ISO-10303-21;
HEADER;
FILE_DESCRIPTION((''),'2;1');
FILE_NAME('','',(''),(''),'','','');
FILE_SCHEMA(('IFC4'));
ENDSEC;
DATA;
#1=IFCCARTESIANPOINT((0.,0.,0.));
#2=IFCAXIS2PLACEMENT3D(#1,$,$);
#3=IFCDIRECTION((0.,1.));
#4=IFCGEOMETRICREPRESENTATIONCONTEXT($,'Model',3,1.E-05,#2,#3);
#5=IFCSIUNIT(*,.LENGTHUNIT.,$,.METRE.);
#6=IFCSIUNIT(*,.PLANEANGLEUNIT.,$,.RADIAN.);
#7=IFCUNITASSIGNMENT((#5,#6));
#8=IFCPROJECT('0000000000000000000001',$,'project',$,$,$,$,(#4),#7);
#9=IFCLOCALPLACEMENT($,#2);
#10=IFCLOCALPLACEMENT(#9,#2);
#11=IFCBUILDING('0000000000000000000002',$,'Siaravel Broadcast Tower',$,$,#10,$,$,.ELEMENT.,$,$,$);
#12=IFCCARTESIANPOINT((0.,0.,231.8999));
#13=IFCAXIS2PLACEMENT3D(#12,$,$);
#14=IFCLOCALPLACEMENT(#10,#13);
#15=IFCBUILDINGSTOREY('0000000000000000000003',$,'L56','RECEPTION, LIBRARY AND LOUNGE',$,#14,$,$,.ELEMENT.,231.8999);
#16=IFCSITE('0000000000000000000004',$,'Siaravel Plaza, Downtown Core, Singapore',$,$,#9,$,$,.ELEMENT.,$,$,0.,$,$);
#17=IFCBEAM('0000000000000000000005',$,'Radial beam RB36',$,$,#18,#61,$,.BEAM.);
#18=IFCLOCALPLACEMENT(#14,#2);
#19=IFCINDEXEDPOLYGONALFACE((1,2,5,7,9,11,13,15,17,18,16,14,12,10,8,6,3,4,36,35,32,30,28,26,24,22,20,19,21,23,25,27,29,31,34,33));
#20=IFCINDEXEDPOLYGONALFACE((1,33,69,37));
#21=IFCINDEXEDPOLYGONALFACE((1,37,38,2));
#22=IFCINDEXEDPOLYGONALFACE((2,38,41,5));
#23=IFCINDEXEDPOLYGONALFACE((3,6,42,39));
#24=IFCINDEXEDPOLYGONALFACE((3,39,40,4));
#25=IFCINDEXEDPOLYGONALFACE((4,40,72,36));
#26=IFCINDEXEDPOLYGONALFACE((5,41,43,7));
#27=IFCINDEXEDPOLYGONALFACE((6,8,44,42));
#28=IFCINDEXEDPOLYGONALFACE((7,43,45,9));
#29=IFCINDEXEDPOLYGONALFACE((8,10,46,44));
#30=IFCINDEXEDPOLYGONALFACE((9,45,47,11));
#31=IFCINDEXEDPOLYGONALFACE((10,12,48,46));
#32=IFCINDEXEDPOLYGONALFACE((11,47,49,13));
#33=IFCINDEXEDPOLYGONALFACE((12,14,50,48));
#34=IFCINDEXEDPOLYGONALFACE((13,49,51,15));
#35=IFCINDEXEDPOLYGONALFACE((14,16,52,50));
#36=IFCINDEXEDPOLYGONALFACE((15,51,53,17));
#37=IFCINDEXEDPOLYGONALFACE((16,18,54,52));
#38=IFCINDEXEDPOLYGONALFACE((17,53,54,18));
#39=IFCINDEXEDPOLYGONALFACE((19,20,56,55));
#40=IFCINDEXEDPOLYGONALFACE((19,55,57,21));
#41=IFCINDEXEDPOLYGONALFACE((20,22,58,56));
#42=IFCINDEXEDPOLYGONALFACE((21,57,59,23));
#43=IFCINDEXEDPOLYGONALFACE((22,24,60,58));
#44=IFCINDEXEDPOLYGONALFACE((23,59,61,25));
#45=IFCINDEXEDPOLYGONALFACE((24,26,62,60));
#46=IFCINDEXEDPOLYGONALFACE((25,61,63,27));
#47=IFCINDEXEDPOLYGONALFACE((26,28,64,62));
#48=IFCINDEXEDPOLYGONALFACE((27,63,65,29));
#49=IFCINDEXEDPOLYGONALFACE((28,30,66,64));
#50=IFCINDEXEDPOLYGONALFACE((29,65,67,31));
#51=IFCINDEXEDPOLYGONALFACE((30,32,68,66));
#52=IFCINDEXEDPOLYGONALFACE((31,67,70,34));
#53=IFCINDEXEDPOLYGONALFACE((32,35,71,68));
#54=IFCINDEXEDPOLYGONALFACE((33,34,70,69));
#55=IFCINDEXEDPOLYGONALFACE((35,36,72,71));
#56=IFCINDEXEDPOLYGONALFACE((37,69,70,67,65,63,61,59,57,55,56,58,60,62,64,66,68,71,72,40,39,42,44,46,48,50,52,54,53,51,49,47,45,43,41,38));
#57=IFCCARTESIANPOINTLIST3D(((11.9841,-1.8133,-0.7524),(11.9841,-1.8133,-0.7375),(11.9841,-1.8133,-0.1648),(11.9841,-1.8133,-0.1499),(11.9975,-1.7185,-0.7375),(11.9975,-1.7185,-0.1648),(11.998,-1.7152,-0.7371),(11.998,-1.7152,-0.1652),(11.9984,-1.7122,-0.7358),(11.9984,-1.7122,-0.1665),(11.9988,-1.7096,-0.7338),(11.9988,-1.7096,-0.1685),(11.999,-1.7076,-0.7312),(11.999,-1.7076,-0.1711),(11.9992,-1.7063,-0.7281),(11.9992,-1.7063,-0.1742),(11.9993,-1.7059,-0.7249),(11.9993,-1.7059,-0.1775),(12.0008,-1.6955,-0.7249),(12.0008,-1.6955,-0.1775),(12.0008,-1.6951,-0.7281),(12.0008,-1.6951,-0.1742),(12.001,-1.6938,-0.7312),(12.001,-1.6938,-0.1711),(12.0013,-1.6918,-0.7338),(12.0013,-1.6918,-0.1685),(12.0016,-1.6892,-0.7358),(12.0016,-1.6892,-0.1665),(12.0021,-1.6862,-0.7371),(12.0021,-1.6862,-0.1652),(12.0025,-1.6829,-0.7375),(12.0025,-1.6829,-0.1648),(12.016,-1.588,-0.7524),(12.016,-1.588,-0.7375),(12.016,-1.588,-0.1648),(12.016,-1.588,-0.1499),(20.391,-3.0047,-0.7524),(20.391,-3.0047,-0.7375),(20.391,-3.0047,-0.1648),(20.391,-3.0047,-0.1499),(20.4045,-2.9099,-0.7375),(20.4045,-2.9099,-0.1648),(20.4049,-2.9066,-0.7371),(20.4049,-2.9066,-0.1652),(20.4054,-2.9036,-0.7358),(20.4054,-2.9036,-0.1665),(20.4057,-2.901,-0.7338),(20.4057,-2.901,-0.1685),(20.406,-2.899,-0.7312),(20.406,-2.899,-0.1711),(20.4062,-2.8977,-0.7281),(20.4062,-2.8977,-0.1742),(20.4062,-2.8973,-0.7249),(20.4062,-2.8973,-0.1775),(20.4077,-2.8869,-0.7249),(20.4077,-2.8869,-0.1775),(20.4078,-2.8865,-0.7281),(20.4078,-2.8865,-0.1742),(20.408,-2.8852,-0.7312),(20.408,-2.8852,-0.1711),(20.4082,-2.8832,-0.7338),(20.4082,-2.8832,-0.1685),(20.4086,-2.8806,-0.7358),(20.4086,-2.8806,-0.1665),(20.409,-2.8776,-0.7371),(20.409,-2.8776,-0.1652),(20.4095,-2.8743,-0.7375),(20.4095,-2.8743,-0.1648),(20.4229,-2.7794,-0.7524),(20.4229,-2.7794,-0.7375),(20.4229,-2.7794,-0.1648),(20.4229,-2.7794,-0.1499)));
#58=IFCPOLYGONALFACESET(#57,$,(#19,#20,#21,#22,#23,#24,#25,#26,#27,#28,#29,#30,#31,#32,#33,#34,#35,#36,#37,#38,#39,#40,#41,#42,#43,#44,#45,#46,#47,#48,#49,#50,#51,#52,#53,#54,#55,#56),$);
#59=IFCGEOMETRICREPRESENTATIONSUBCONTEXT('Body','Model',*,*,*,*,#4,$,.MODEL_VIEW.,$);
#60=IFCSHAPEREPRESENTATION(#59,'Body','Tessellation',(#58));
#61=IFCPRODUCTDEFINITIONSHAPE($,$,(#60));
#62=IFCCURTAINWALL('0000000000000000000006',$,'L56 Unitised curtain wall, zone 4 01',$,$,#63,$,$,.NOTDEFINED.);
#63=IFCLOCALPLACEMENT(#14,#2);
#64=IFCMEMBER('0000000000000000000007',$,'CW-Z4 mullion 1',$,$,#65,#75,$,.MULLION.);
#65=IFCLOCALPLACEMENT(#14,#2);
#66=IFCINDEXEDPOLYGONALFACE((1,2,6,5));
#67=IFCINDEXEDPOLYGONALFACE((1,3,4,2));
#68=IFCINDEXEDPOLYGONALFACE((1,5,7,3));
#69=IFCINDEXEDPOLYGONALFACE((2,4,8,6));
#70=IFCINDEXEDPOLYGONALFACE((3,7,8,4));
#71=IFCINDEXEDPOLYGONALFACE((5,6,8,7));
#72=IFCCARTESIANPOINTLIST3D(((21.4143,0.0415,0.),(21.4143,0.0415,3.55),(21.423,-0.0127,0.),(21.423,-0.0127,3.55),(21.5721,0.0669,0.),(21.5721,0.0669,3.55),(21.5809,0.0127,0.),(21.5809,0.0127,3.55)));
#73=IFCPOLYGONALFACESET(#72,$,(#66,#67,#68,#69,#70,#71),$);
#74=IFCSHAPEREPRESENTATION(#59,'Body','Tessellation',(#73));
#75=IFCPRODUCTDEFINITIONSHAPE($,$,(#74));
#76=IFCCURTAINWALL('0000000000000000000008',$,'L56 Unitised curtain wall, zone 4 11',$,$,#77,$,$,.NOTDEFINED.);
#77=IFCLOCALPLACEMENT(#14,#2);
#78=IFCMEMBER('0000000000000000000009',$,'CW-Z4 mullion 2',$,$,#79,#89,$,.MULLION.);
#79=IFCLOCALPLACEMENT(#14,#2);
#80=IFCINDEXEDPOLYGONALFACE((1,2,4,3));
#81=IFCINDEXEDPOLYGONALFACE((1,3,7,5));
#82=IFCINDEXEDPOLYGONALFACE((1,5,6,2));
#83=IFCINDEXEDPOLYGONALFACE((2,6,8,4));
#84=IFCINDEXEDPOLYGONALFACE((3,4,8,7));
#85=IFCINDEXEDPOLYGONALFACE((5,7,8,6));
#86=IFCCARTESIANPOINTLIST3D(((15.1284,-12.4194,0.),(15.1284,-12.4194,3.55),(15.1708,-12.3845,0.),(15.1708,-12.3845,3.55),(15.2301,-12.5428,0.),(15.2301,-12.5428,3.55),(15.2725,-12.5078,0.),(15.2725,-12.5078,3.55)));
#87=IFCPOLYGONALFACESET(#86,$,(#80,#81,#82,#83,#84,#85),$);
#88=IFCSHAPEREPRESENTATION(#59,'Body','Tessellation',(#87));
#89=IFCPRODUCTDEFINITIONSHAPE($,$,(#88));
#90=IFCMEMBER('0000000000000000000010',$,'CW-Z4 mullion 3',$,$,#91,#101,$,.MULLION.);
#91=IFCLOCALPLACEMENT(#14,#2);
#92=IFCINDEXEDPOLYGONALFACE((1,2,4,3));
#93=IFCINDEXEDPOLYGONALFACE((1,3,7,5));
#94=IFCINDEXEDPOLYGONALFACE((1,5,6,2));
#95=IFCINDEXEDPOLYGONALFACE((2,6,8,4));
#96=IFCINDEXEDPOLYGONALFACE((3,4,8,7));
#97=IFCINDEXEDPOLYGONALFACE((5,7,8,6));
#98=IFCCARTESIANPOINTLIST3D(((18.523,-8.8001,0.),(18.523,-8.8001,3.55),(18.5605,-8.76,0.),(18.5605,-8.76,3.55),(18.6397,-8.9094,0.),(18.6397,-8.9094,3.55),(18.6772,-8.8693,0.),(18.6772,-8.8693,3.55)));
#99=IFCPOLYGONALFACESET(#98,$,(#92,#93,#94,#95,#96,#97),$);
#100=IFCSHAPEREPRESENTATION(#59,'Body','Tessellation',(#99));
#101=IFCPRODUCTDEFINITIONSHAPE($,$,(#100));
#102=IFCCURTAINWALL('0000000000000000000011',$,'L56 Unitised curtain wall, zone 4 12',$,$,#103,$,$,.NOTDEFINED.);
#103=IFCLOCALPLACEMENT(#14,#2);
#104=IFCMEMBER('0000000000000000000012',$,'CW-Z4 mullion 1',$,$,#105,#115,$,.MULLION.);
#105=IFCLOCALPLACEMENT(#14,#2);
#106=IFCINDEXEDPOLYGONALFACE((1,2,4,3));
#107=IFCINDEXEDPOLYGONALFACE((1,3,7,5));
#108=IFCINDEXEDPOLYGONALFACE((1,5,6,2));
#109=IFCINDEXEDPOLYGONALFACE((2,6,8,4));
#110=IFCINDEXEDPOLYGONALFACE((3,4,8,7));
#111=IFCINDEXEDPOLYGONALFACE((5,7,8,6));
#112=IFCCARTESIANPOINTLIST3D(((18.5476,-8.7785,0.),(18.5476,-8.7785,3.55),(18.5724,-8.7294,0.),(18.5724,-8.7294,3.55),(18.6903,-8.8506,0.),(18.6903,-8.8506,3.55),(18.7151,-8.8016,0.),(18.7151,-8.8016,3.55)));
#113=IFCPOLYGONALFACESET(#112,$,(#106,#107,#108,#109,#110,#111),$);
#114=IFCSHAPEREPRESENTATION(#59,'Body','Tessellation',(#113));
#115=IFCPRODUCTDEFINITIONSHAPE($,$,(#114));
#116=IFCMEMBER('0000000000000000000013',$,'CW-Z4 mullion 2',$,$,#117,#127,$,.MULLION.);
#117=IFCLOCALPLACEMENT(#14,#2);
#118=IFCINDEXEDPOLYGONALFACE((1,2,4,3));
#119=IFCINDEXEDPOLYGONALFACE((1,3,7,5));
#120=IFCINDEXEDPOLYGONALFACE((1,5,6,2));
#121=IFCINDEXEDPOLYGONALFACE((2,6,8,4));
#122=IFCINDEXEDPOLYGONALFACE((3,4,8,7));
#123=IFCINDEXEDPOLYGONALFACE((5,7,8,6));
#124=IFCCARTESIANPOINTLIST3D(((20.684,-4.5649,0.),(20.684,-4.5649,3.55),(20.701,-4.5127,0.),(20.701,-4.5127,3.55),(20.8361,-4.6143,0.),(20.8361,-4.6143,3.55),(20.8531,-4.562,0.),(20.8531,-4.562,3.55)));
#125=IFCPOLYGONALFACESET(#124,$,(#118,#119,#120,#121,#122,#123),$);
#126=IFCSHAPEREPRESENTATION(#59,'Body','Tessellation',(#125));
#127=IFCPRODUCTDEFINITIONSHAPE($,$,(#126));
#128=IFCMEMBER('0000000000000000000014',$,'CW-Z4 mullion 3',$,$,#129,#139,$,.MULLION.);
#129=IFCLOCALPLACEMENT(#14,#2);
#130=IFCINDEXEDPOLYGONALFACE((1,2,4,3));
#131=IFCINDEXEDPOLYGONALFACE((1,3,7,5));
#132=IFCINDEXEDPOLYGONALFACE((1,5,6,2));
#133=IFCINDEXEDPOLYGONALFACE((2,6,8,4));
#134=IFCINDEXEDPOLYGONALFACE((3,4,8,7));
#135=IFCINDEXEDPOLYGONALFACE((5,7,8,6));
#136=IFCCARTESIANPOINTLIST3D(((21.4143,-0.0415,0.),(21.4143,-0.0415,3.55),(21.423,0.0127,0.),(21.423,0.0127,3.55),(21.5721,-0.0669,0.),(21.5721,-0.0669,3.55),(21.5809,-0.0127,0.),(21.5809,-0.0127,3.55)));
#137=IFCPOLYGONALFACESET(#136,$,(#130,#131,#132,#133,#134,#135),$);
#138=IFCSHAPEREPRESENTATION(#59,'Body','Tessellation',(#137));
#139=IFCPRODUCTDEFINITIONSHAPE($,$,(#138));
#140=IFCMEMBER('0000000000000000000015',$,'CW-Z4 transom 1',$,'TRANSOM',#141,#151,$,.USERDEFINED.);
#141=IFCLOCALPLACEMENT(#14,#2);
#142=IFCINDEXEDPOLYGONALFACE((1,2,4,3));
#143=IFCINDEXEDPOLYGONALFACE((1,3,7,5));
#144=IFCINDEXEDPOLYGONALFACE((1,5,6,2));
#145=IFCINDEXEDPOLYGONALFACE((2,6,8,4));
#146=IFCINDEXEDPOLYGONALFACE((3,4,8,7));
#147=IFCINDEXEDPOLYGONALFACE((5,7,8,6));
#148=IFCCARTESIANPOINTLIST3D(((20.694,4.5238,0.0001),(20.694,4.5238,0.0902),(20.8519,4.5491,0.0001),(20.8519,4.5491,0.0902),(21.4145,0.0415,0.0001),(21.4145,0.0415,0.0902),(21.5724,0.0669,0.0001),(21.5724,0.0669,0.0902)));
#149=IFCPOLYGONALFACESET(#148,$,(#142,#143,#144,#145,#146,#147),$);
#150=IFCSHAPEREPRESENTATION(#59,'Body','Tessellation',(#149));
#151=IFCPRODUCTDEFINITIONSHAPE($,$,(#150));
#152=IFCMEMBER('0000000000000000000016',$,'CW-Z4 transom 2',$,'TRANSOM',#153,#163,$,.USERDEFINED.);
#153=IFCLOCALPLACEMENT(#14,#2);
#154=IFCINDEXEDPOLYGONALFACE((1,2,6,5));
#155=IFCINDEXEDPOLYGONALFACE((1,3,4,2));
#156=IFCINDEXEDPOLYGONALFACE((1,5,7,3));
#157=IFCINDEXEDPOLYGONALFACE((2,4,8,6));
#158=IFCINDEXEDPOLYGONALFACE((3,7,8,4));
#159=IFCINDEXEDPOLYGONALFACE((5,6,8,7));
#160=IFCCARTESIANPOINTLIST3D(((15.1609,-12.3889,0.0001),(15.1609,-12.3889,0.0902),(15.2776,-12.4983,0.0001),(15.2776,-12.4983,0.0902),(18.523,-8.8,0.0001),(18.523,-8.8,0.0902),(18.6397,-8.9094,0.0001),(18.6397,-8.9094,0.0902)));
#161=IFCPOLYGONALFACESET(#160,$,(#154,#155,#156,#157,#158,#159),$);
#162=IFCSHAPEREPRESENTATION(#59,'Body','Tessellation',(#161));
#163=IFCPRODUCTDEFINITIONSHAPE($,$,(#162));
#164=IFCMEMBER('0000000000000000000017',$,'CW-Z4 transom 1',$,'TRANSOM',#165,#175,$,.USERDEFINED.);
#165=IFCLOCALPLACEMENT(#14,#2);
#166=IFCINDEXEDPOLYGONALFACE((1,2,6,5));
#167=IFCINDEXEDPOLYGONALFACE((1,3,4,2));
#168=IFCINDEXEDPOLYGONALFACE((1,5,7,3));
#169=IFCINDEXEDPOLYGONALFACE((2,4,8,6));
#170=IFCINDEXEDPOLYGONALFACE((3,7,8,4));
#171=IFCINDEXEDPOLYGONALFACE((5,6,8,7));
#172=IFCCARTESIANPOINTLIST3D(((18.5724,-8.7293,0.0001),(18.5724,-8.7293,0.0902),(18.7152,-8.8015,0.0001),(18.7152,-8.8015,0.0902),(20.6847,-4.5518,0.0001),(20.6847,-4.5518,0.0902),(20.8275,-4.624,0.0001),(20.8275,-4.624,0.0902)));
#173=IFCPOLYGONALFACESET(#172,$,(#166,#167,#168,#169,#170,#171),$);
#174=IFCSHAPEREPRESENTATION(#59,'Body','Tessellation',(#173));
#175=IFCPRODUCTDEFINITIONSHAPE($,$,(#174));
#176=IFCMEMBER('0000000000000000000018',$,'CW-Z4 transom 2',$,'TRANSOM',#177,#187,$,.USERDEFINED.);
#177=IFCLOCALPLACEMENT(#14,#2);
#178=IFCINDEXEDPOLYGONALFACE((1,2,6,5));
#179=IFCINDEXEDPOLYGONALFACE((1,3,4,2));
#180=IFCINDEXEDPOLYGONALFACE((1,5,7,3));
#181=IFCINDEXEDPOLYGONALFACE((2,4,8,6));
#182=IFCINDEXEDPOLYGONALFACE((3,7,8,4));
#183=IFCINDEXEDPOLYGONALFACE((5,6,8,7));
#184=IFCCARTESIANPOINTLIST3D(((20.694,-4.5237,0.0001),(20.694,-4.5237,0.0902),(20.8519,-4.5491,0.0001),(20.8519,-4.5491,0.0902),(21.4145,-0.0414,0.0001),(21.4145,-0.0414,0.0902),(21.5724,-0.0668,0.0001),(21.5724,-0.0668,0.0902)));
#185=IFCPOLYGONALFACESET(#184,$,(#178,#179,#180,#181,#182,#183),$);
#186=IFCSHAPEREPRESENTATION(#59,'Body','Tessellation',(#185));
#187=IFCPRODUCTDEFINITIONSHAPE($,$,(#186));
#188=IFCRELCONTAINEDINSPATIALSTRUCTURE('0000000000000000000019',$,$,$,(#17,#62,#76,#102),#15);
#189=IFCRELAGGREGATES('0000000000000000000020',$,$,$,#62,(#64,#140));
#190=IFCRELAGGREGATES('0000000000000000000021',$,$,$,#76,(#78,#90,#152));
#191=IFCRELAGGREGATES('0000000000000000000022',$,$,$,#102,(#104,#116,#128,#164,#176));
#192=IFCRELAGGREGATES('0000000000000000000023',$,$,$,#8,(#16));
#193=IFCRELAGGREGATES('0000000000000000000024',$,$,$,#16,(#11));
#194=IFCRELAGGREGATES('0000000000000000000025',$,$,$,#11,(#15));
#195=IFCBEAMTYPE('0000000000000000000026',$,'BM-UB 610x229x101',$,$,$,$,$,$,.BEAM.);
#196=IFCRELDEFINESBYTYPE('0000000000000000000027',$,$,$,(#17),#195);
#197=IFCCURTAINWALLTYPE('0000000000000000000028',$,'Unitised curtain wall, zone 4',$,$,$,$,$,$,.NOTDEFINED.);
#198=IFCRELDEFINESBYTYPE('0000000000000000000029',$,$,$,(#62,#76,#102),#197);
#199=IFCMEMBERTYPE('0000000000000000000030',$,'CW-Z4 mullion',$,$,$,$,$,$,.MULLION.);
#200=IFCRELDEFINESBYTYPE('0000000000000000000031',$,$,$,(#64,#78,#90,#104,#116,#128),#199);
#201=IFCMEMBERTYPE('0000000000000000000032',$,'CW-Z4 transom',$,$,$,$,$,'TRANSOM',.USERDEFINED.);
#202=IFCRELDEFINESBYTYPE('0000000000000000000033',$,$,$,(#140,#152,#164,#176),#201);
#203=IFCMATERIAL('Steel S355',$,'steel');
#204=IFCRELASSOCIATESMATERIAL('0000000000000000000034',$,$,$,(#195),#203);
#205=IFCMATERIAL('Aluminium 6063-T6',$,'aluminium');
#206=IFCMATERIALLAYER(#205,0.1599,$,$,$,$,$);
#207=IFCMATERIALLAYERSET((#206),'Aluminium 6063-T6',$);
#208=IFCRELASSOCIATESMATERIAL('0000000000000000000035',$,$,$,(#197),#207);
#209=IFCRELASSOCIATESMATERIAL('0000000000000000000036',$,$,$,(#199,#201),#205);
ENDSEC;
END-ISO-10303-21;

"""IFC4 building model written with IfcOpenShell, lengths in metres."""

from ifc_helpers import new_model, si_unit, direction, frame, origin, origin_2d, place, context, subcontext, project, spatial, rectangle, i_section, extrude, material, layer, layer_set, material_profile, profile_set, type_object, element, aggregate, save


model = new_model("IFC4")

# Units and contexts
model_context = context("Model", 3, precision=1e-05, world=origin(), true_north=direction((0.0, 1.0)))
body_context = subcontext(model_context, "Body", "Model", "MODEL_VIEW")
ifc_project = project(units=[si_unit("LENGTHUNIT", "METRE"), si_unit("PLANEANGLEUNIT", "RADIAN")], contexts=[model_context])

# Site, building, storey
site_placement = place(None, origin())
site = spatial("IfcSite", under=ifc_project, at=site_placement, Name="Siaravel Plaza, Downtown Core, Singapore", CompositionType="ELEMENT", RefElevation=0.0)
building_placement = place(site_placement, origin())
building = spatial("IfcBuilding", under=site, at=building_placement, Name="Siaravel Broadcast Tower", CompositionType="ELEMENT")
storey_placement = place(building_placement, frame((0.0, 0.0, 231.8999)))
storey = spatial("IfcBuildingStorey", under=building, at=storey_placement, Name="L56", Description="RECEPTION, LIBRARY AND LOUNGE", CompositionType="ELEMENT", Elevation=231.8999)

# Beam
ifc_material_1 = material(Name="Steel S355", Category="steel")
ifc_material_profile_1 = material_profile(ifc_material_1, i_section(OverallWidth=0.2275, OverallDepth=0.6025, WebThickness=0.0105, FlangeThickness=0.0149, FilletRadius=0.0127, at=origin_2d()))
ifc_profile_set_1 = profile_set([ifc_material_profile_1], Name="Steel S355")
beam_type = type_object("IfcBeamType", Name="BM-UB 610x229x101", PredefinedType="BEAM", material=ifc_profile_set_1)
beam_1_placement = place(storey_placement, frame((20.407, -2.8921, -0.4512), z_axis=(-0.990107, 0.140314, 0.0), x_axis=(-0.140314, -0.990107, 0.0)))
element("IfcBeam", 1, at=beam_1_placement, inside=storey, type_object=beam_type, Name="Radial beam RB36", PredefinedType="BEAM", context=body_context, shape_type="SweptSolid", body=[
    extrude(i_section(OverallWidth=0.2275, OverallDepth=0.6025, WebThickness=0.0105, FlangeThickness=0.0149, FilletRadius=0.0127, at=origin_2d()), origin(), (0.0, 0.0, 1.0), 8.491),
])

# Curtain wall, member
ifc_material_2 = material(Name="Aluminium 6063-T6", Category="aluminium")
ifc_layer_1 = layer(ifc_material_2, 0.1599)
ifc_layer_set_1 = layer_set([ifc_layer_1], Name="Aluminium 6063-T6")
curtain_wall_type = type_object("IfcCurtainWallType", Name="Unitised curtain wall, zone 4", PredefinedType="NOTDEFINED", material=ifc_layer_set_1)
curtain_wall_1_placement = place(storey_placement, origin())
curtain_wall_1 = element("IfcCurtainWall", 2, at=curtain_wall_1_placement, inside=storey, type_object=curtain_wall_type, Name="L56 Unitised curtain wall, zone 4 01", PredefinedType="NOTDEFINED")
ifc_material_profile_2 = material_profile(ifc_material_2, rectangle(XDim=0.1599, YDim=0.0549, at=origin_2d()))
ifc_profile_set_2 = profile_set([ifc_material_profile_2], Name="Aluminium 6063-T6")
member_type_1 = type_object("IfcMemberType", Name="CW-Z4 mullion", PredefinedType="MULLION", material=ifc_profile_set_2)
member_1_placement = place(storey_placement, frame((21.4976, 0.0271, 0.0), z_axis=(0.0, 0.0, 1.0), x_axis=(-0.987329, -0.158685, 0.0)))
member_1 = element("IfcMember", 3, at=member_1_placement, type_object=member_type_1, Name="CW-Z4 mullion 1", PredefinedType="MULLION", context=body_context, shape_type="SweptSolid", body=[
    extrude(rectangle(XDim=0.1599, YDim=0.0549, at=origin_2d()), origin(), (0.0, 0.0, 1.0), 3.55),
])

# Curtain walls, members
curtain_wall_2_placement = place(storey_placement, origin())
curtain_wall_2 = element("IfcCurtainWall", 4, at=curtain_wall_2_placement, inside=storey, type_object=curtain_wall_type, Name="L56 Unitised curtain wall, zone 4 11", PredefinedType="NOTDEFINED")
member_2_placement = place(storey_placement, frame((15.2004, -12.4636, 0.0), z_axis=(0.0, 0.0, 1.0), x_axis=(-0.63622, 0.771508, 0.0)))
member_2 = element("IfcMember", 5, at=member_2_placement, type_object=member_type_1, Name="CW-Z4 mullion 2", PredefinedType="MULLION", context=body_context, shape_type="SweptSolid", body=[
    extrude(rectangle(XDim=0.1599, YDim=0.0549, at=origin_2d()), origin(), (0.0, 0.0, 1.0), 3.55),
])
member_3_placement = place(storey_placement, frame((18.6001, -8.8347, 0.0), z_axis=(0.0, 0.0, 1.0), x_axis=(-0.729806, 0.683654, 0.0)))
member_3 = element("IfcMember", 6, at=member_3_placement, type_object=member_type_1, Name="CW-Z4 mullion 3", PredefinedType="MULLION", context=body_context, shape_type="SweptSolid", body=[
    extrude(rectangle(XDim=0.1599, YDim=0.0549, at=origin_2d()), origin(), (0.0, 0.0, 1.0), 3.55),
])
curtain_wall_3_placement = place(storey_placement, origin())
curtain_wall_3 = element("IfcCurtainWall", 7, at=curtain_wall_3_placement, inside=storey, type_object=curtain_wall_type, Name="L56 Unitised curtain wall, zone 4 12", PredefinedType="NOTDEFINED")
member_4_placement = place(storey_placement, frame((18.6313, -8.79, 0.0), z_axis=(0.0, 0.0, 1.0), x_axis=(-0.892393, 0.451259, 0.0)))
member_4 = element("IfcMember", 8, at=member_4_placement, type_object=member_type_1, Name="CW-Z4 mullion 1", PredefinedType="MULLION", context=body_context, shape_type="SweptSolid", body=[
    extrude(rectangle(XDim=0.1599, YDim=0.0549, at=origin_2d()), origin(), (0.0, 0.0, 1.0), 3.55),
])
member_5_placement = place(storey_placement, frame((20.7686, -4.5635, 0.0), z_axis=(0.0, 0.0, 1.0), x_axis=(-0.951178, 0.308644, 0.0)))
member_5 = element("IfcMember", 9, at=member_5_placement, type_object=member_type_1, Name="CW-Z4 mullion 2", PredefinedType="MULLION", context=body_context, shape_type="SweptSolid", body=[
    extrude(rectangle(XDim=0.1599, YDim=0.0549, at=origin_2d()), origin(), (0.0, 0.0, 1.0), 3.55),
])
member_6_placement = place(storey_placement, frame((21.4976, -0.0271, 0.0), z_axis=(0.0, 0.0, 1.0), x_axis=(-0.987329, 0.158685, 0.0)))
member_6 = element("IfcMember", 10, at=member_6_placement, type_object=member_type_1, Name="CW-Z4 mullion 3", PredefinedType="MULLION", context=body_context, shape_type="SweptSolid", body=[
    extrude(rectangle(XDim=0.1599, YDim=0.0549, at=origin_2d()), origin(), (0.0, 0.0, 1.0), 3.55),
])

# Members
ifc_material_profile_3 = material_profile(ifc_material_2, rectangle(XDim=0.1599, YDim=0.0901, at=origin_2d()))
ifc_profile_set_3 = profile_set([ifc_material_profile_3], Name="Aluminium 6063-T6")
member_type_2 = type_object("IfcMemberType", Name="CW-Z4 transom", ElementType="TRANSOM", PredefinedType="USERDEFINED", material=ifc_profile_set_3)
member_7_placement = place(storey_placement, frame((21.4934, 0.0542, 0.0452), z_axis=(-0.158701, 0.987327, 0.0), x_axis=(-0.987327, -0.158701, 0.0)))
member_7 = element("IfcMember", 11, at=member_7_placement, type_object=member_type_2, Name="CW-Z4 transom 1", ObjectType="TRANSOM", PredefinedType="USERDEFINED", context=body_context, shape_type="SweptSolid", body=[
    extrude(rectangle(XDim=0.1599, YDim=0.0901, at=origin_2d()), origin(), (0.0, 0.0, 1.0), 4.5398),
])
aggregate(curtain_wall_1, [member_1, member_7])
member_8_placement = place(storey_placement, frame((15.2192, -12.4436, 0.0452), z_axis=(0.68367, 0.729791, 0.0), x_axis=(-0.729791, 0.68367, 0.0)))
member_8 = element("IfcMember", 12, at=member_8_placement, type_object=member_type_2, Name="CW-Z4 transom 2", ObjectType="TRANSOM", PredefinedType="USERDEFINED", context=body_context, shape_type="SweptSolid", body=[
    extrude(rectangle(XDim=0.1599, YDim=0.0901, at=origin_2d()), origin(), (0.0, 0.0, 1.0), 4.9177),
])
member_9_placement = place(storey_placement, frame((18.6438, -8.7654, 0.0452), z_axis=(0.451235, 0.892405, 0.0), x_axis=(-0.892405, 0.451235, 0.0)))
member_9 = element("IfcMember", 13, at=member_9_placement, type_object=member_type_2, Name="CW-Z4 transom 1", ObjectType="TRANSOM", PredefinedType="USERDEFINED", context=body_context, shape_type="SweptSolid", body=[
    extrude(rectangle(XDim=0.1599, YDim=0.0901, at=origin_2d()), origin(), (0.0, 0.0, 1.0), 4.6812),
])
member_10_placement = place(storey_placement, frame((20.7729, -4.5364, 0.0452), z_axis=(0.158701, 0.987327, 0.0), x_axis=(-0.987327, 0.158701, 0.0)))
member_10 = element("IfcMember", 14, at=member_10_placement, type_object=member_type_2, Name="CW-Z4 transom 2", ObjectType="TRANSOM", PredefinedType="USERDEFINED", context=body_context, shape_type="SweptSolid", body=[
    extrude(rectangle(XDim=0.1599, YDim=0.0901, at=origin_2d()), origin(), (0.0, 0.0, 1.0), 4.5398),
])

aggregate(curtain_wall_2, [member_2, member_3, member_8])
aggregate(curtain_wall_3, [member_4, member_5, member_6, member_9, member_10])

save(model, "model.ifc")
